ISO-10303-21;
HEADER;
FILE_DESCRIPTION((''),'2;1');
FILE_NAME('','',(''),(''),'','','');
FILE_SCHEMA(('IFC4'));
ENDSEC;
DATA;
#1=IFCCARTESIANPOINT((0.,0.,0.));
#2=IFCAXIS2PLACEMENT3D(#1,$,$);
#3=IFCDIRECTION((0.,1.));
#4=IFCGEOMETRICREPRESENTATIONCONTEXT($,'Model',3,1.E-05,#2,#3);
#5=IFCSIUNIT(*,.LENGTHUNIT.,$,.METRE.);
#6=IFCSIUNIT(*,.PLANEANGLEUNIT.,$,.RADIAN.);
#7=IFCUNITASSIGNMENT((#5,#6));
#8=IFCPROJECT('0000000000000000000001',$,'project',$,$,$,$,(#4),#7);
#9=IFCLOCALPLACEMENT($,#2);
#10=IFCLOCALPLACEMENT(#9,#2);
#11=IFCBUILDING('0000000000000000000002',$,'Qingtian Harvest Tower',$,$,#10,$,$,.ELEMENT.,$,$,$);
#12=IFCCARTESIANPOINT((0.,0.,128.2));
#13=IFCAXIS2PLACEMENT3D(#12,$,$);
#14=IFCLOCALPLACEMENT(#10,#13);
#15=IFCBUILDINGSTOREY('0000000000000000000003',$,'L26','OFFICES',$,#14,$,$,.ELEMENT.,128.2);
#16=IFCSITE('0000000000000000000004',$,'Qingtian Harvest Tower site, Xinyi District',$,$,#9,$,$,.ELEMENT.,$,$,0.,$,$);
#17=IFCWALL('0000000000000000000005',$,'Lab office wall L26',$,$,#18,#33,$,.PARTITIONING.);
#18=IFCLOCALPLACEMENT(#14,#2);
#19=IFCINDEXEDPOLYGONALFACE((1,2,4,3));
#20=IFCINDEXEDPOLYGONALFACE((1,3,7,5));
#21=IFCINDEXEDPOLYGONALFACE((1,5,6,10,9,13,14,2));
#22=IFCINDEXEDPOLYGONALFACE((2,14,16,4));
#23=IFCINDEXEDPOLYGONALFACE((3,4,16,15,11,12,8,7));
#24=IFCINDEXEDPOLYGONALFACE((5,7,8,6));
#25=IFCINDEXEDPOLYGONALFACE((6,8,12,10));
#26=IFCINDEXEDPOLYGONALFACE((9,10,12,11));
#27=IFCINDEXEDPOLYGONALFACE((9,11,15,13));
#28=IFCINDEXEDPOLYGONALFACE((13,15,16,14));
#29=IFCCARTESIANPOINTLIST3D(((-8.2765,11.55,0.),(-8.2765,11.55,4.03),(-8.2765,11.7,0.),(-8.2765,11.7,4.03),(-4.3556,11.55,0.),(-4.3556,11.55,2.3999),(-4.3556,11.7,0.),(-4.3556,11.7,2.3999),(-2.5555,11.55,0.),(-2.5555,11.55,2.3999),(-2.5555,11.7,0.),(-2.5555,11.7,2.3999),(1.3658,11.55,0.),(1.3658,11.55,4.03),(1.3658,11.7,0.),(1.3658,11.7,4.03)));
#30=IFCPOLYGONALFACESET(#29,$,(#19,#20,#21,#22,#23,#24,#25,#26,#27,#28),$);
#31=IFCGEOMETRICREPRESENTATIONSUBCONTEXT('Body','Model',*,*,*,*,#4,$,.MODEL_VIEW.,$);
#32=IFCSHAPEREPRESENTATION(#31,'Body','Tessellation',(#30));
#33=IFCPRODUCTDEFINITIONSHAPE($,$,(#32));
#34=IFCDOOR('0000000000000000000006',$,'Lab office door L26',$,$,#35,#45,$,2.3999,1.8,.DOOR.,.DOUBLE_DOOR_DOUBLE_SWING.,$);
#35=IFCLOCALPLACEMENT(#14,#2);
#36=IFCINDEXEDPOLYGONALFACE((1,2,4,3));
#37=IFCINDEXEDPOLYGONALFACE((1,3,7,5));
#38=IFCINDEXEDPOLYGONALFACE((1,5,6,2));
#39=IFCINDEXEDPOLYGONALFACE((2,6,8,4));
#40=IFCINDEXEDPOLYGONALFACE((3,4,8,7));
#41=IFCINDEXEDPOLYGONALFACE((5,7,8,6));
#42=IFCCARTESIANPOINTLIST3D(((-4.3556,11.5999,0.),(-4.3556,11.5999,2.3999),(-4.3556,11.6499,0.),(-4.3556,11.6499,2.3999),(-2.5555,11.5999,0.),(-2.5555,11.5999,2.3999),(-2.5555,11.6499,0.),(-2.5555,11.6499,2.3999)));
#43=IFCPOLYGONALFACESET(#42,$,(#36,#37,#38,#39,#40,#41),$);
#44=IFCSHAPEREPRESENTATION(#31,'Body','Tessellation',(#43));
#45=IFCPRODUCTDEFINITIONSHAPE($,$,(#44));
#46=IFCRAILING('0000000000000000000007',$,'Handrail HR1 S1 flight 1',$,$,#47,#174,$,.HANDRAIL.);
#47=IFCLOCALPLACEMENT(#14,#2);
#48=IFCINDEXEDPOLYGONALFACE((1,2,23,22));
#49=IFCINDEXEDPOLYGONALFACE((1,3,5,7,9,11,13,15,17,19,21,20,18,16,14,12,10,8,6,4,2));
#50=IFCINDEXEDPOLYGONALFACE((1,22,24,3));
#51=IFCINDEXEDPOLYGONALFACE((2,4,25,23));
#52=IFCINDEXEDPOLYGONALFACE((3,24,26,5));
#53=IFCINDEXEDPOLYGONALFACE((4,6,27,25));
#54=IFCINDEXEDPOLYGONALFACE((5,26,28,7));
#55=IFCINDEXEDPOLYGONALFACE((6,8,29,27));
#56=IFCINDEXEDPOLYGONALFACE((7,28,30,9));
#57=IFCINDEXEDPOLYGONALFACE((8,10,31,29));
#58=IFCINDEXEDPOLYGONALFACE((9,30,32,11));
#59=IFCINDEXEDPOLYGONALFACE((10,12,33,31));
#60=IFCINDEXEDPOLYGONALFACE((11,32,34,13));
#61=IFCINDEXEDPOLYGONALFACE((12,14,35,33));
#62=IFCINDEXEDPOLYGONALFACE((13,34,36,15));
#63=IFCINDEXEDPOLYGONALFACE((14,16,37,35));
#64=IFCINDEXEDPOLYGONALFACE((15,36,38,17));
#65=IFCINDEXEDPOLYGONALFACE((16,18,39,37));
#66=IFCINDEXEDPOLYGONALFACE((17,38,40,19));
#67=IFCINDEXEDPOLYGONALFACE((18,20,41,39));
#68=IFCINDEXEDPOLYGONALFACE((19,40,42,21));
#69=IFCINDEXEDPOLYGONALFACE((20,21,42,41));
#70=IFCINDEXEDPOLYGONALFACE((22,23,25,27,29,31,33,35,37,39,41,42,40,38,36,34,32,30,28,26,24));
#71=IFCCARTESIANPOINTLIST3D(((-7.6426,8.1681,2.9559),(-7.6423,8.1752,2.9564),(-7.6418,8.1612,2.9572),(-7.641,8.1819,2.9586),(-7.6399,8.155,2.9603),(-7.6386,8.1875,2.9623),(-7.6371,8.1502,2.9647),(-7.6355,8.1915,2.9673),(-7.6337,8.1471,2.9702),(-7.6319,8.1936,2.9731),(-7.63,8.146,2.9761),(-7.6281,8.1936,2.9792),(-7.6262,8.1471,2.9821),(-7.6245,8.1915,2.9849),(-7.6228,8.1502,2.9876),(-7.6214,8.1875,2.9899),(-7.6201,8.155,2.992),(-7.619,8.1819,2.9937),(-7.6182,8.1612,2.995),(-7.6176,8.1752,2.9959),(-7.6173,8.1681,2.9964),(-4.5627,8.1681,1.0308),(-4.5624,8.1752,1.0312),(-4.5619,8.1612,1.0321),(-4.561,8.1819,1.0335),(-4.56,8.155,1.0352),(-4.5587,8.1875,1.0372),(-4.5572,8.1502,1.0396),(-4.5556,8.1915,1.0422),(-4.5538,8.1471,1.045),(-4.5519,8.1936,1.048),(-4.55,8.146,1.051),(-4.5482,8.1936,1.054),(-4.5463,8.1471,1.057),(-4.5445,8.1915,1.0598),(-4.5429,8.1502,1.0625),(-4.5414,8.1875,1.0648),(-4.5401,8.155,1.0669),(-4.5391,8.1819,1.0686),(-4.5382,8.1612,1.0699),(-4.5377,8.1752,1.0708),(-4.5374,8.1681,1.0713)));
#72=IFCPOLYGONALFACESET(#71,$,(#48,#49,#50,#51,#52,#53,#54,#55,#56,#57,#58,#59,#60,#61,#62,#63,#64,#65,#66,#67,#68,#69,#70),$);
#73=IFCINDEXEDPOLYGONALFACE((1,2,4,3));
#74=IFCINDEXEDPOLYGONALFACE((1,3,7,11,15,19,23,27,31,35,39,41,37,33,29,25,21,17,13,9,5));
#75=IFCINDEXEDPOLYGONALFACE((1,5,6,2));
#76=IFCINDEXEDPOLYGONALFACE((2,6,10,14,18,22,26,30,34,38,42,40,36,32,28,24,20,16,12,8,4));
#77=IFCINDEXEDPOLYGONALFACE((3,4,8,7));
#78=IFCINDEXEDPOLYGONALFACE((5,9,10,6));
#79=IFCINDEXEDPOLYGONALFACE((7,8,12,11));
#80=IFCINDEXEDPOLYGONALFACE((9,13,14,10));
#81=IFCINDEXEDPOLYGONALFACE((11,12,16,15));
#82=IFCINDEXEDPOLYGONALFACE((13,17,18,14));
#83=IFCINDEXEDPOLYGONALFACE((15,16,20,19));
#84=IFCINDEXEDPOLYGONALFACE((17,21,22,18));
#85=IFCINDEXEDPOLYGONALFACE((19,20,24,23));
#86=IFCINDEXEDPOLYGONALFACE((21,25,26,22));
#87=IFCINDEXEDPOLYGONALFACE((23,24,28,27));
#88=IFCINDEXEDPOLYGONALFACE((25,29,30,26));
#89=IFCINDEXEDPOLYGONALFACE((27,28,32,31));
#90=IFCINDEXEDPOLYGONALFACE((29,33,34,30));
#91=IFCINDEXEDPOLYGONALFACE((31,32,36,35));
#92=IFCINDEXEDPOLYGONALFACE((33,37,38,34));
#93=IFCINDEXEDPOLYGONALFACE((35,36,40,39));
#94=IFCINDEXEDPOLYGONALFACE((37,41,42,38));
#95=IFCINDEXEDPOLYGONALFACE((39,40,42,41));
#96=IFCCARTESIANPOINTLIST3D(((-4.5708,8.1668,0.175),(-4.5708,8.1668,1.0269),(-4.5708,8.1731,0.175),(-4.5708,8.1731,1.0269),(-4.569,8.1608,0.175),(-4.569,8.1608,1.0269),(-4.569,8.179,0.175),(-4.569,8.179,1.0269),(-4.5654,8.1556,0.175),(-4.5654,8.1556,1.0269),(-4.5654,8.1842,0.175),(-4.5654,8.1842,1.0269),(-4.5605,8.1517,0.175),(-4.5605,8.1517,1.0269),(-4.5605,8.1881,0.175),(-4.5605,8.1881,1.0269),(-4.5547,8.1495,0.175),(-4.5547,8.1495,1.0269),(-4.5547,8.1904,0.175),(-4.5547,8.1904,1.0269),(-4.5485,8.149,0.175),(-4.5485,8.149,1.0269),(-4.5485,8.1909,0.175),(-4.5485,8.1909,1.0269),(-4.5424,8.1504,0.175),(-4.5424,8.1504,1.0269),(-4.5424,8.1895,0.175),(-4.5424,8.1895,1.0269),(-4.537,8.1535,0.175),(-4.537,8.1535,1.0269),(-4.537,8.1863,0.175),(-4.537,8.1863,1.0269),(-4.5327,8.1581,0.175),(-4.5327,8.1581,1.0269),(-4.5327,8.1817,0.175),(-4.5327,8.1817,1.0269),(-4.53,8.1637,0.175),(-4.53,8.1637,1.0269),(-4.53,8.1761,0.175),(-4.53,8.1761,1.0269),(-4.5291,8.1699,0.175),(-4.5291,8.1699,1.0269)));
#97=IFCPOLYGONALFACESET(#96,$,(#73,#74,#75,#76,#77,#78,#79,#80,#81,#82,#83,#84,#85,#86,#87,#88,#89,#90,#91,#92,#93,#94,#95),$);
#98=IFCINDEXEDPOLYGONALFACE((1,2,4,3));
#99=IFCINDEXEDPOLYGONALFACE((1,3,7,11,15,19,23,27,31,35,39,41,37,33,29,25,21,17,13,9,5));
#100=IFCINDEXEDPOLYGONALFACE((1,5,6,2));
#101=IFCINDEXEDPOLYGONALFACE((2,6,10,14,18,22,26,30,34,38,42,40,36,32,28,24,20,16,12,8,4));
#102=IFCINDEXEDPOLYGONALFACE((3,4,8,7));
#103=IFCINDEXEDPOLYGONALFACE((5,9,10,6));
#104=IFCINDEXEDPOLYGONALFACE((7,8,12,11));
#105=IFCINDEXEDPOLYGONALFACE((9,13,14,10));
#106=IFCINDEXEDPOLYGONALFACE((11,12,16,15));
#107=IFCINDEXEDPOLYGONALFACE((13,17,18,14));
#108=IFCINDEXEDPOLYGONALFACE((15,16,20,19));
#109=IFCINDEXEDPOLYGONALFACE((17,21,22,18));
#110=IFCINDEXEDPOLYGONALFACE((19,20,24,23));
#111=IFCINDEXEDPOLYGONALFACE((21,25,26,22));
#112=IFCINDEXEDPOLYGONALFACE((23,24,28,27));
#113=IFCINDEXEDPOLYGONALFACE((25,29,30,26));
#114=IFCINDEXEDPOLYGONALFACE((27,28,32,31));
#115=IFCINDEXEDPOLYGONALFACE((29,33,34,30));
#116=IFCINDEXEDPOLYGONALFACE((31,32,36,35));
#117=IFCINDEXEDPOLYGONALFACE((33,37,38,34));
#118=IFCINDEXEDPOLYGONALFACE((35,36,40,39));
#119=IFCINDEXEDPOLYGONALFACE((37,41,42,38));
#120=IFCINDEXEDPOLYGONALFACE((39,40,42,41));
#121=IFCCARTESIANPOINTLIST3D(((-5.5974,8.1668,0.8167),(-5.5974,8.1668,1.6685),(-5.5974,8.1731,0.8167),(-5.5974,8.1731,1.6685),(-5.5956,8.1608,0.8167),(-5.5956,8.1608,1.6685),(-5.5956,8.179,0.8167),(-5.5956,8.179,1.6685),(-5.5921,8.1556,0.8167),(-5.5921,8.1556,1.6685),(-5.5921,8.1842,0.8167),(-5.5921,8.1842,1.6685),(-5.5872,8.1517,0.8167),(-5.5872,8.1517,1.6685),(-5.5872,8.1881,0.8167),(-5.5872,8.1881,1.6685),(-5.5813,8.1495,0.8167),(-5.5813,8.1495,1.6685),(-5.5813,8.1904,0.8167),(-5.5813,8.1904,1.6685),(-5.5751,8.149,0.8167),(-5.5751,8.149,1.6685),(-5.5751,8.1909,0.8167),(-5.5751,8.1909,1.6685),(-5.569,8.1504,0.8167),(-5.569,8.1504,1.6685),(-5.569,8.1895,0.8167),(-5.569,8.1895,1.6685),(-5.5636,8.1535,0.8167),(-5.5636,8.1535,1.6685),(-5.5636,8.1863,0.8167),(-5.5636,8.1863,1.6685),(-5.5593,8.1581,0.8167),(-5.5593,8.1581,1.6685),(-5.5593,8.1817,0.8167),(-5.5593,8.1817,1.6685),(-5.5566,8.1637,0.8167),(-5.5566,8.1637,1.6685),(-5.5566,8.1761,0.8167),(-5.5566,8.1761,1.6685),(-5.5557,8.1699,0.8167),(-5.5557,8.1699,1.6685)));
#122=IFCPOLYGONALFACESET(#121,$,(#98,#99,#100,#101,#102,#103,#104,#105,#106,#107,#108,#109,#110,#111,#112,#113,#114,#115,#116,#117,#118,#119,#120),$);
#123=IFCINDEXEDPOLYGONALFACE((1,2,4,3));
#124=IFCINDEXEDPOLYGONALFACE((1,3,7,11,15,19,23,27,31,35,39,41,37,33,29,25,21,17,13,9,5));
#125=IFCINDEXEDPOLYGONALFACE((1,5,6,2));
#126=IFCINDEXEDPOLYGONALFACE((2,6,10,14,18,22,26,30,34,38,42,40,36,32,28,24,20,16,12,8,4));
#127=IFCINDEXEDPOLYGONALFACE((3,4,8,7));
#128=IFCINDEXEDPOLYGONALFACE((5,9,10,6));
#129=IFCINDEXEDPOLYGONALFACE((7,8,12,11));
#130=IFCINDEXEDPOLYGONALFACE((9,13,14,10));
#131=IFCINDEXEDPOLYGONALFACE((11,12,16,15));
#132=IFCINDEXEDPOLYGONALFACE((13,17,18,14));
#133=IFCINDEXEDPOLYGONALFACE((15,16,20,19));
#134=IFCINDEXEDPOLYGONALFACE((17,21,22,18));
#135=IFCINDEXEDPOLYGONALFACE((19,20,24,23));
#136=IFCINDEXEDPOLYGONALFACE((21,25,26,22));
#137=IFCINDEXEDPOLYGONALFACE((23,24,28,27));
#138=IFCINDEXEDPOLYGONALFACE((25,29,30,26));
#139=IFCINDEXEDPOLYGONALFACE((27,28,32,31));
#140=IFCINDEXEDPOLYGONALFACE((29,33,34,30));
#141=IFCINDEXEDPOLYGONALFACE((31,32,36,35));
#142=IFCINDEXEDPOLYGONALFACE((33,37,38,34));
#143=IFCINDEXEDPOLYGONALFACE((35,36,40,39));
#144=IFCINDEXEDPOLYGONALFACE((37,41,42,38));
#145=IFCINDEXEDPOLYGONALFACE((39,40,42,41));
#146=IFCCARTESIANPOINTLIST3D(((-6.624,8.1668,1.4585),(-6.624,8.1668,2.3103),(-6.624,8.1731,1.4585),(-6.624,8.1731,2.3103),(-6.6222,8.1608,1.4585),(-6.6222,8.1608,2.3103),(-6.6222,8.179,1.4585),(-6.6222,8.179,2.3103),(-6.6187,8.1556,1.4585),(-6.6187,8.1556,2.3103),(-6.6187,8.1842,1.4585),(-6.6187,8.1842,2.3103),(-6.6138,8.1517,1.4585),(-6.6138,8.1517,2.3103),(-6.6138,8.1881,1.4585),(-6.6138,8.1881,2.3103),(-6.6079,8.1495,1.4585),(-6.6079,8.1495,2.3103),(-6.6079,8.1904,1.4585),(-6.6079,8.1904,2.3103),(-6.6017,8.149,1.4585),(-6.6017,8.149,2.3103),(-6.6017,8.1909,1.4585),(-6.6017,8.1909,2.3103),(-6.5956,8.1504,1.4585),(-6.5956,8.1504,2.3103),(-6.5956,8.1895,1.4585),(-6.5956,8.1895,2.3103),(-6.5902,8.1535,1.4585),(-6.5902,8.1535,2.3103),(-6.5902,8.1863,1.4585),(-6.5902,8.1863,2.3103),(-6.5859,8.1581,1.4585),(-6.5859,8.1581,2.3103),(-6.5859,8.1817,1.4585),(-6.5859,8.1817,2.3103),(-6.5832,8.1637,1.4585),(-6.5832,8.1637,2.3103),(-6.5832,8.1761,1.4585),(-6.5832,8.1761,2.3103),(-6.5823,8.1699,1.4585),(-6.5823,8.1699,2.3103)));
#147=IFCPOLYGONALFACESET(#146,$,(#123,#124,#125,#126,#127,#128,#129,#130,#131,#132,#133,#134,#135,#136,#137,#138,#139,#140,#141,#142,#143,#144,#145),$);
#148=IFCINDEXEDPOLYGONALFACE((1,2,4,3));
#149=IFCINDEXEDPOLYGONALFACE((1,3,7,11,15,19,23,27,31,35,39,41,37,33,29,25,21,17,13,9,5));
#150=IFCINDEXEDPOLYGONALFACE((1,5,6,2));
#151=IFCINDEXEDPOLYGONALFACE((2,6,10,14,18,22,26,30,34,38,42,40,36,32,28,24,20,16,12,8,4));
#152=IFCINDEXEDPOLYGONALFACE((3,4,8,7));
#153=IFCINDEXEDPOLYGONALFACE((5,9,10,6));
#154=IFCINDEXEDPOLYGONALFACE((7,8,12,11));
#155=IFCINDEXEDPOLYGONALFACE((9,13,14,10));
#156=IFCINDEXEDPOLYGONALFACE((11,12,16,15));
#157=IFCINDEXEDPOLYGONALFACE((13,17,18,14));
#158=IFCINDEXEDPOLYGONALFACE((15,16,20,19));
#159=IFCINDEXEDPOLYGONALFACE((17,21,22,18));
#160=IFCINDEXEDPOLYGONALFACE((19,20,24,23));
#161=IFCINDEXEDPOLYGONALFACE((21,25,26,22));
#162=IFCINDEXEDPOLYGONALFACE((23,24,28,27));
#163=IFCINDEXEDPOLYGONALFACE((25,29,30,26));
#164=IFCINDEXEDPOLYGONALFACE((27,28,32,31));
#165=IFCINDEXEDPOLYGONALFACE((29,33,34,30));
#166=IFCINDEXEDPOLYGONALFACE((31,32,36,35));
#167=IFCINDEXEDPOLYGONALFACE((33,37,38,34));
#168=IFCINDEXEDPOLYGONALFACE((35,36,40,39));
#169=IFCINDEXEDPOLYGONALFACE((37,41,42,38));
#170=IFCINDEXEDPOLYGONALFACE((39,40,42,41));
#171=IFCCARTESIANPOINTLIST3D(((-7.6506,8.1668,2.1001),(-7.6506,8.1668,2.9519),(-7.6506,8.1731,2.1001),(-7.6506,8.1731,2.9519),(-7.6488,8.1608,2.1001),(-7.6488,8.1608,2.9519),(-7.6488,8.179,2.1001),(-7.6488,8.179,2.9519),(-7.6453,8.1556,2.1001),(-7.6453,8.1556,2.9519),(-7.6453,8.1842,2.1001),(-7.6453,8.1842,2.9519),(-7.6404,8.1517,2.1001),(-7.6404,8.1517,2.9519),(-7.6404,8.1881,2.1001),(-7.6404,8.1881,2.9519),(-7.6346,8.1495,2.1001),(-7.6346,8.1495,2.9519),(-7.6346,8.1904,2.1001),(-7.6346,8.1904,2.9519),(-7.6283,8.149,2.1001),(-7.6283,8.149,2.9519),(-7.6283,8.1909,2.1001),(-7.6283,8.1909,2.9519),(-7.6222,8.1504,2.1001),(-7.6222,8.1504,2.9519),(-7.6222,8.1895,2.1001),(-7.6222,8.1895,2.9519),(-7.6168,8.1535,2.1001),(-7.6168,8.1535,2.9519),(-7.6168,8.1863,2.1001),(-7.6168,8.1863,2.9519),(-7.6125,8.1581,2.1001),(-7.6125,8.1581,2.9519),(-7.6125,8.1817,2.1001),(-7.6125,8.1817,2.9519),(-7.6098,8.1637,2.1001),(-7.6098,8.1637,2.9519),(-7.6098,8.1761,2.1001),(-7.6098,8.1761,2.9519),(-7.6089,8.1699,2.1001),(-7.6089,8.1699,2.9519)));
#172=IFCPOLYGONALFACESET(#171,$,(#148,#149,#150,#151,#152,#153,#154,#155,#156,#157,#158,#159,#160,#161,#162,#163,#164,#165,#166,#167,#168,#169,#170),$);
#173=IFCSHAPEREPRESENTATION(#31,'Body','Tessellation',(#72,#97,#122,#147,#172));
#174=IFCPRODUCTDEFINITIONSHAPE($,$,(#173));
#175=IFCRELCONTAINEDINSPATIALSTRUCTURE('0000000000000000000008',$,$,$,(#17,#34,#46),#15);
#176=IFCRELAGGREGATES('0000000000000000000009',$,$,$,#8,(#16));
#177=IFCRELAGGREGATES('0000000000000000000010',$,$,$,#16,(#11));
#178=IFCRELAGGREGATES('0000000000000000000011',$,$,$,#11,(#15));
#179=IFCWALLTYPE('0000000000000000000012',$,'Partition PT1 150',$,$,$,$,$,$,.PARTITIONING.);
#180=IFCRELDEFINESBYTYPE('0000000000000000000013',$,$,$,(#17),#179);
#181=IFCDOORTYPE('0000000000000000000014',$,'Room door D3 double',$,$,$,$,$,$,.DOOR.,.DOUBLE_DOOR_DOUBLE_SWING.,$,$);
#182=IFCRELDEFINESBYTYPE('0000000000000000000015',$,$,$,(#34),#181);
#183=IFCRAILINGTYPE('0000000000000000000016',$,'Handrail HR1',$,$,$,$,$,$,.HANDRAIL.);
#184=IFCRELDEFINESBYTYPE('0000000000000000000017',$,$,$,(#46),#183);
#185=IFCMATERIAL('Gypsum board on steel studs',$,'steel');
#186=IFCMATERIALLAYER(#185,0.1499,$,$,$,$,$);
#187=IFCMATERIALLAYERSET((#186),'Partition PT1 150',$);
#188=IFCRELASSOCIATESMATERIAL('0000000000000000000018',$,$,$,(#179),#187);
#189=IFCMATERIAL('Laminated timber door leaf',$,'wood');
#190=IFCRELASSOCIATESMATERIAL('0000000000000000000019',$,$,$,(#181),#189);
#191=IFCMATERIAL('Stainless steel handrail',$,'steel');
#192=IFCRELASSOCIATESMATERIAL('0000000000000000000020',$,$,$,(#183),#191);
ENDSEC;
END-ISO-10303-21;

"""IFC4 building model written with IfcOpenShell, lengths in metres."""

from ifc_helpers import new_model, si_unit, direction, frame, frame_2d, origin, origin_2d, place, context, subcontext, project, spatial, rectangle, circle, extrude, material, layer, layer_set, type_object, element, fill, save


model = new_model("IFC4")

# Units and contexts
model_context = context("Model", 3, precision=1e-05, world=origin(), true_north=direction((0.0, 1.0)))
body_context = subcontext(model_context, "Body", "Model", "MODEL_VIEW")
ifc_project = project(units=[si_unit("LENGTHUNIT", "METRE"), si_unit("PLANEANGLEUNIT", "RADIAN")], contexts=[model_context])

# Site, building, storey
site_placement = place(None, origin())
site = spatial("IfcSite", under=ifc_project, at=site_placement, Name="Qingtian Harvest Tower site, Xinyi District", CompositionType="ELEMENT", RefElevation=0.0)
building_placement = place(site_placement, origin())
building = spatial("IfcBuilding", under=site, at=building_placement, Name="Qingtian Harvest Tower", CompositionType="ELEMENT")
storey_placement = place(building_placement, frame((0.0, 0.0, 128.2)))
storey = spatial("IfcBuildingStorey", under=building, at=storey_placement, Name="L26", Description="OFFICES", CompositionType="ELEMENT", Elevation=128.2)

# Wall, opening, door
ifc_material_1 = material(Name="Gypsum board on steel studs", Category="steel")
ifc_layer_1 = layer(ifc_material_1, 0.1499)
ifc_layer_set_1 = layer_set([ifc_layer_1], Name="Partition PT1 150")
wall_type_1 = type_object("IfcWallType", Name="Partition PT1 150", PredefinedType="PARTITIONING", material=ifc_layer_set_1)
wall_1_placement = place(storey_placement, frame((-8.2766, 11.625, 0.0), z_axis=(0.0, 0.0, 1.0), x_axis=(1.0, 0.0, 0.0)))
wall_1 = element("IfcWall", 1, at=wall_1_placement, inside=storey, type_object=wall_type_1, Name="Lab office wall L26", PredefinedType="PARTITIONING", context=body_context, shape_type="SweptSolid", body=[
    extrude(rectangle(XDim=9.6423, YDim=0.1499, at=frame_2d((4.8213, 0.0))), origin(), (0.0, 0.0, 1.0), 4.03),
])
opening_1_placement = place(wall_1_placement, frame((3.9211, 0.0, 0.0)))
opening_1 = element("IfcOpeningElement", 2, at=opening_1_placement, cuts=wall_1, PredefinedType="OPENING", context=body_context, shape_type="SweptSolid", body=[
    extrude(rectangle(XDim=1.8, YDim=2.3999, at=frame_2d((0.8999, 1.2))), frame((0.0, 0.085, 0.0), z_axis=(0.0, -1.0, 0.0), x_axis=(1.0, 0.0, 0.0)), (0.0, 0.0, 1.0), 0.1699),
])
ifc_material_2 = material(Name="Laminated timber door leaf", Category="wood")
door_type_1 = type_object("IfcDoorType", Name="Room door D3 double", OperationType="DOUBLE_DOOR_DOUBLE_SWING", PredefinedType="DOOR", material=ifc_material_2)
door_1_placement = place(opening_1_placement, origin())
door_1 = element("IfcDoor", 3, at=door_1_placement, inside=storey, type_object=door_type_1, Name="Lab office door L26", OperationType="DOUBLE_DOOR_DOUBLE_SWING", OverallHeight=2.3999, OverallWidth=1.8, PredefinedType="DOOR", context=body_context, shape_type="SweptSolid", body=[
    extrude(rectangle(XDim=1.8, YDim=2.3999, at=frame_2d((0.8999, 1.2))), frame((0.0, 0.0249, 0.0), z_axis=(0.0, -1.0, 0.0), x_axis=(1.0, 0.0, 0.0)), (0.0, 0.0, 1.0), 0.05),
])
fill(opening_1, door_1)

# Railing
ifc_material_3 = material(Name="Stainless steel handrail", Category="steel")
railing_type = type_object("IfcRailingType", Name="Handrail HR1", PredefinedType="HANDRAIL", material=ifc_material_3)
railing_placement = place(storey_placement, frame((-4.55, 8.1699, 0.175)))
element("IfcRailing", 4, at=railing_placement, inside=storey, type_object=railing_type, Name="Handrail HR1 S1 flight 1", PredefinedType="HANDRAIL", context=body_context, shape_type="SweptSolid", body=[
    extrude(circle(Radius=0.0239, at=origin_2d()), frame((0.0, 0.0, 0.876), z_axis=(-0.847979, 0.0, 0.530029), x_axis=(0.0, -1.0, 0.0)), (0.0, 0.0, 1.0), 3.6321),
    extrude(circle(Radius=0.021, at=origin_2d()), origin(), (0.0, 0.0, 1.0), 0.8518),
    extrude(circle(Radius=0.021, at=origin_2d()), frame((-1.0266, 0.0, 0.6416)), (0.0, 0.0, 1.0), 0.8518),
    extrude(circle(Radius=0.021, at=origin_2d()), frame((-2.0532, 0.0, 1.2834)), (0.0, 0.0, 1.0), 0.8518),
    extrude(circle(Radius=0.021, at=origin_2d()), frame((-3.0798, 0.0, 1.925)), (0.0, 0.0, 1.0), 0.8518),
])

save(model, "model.ifc")
